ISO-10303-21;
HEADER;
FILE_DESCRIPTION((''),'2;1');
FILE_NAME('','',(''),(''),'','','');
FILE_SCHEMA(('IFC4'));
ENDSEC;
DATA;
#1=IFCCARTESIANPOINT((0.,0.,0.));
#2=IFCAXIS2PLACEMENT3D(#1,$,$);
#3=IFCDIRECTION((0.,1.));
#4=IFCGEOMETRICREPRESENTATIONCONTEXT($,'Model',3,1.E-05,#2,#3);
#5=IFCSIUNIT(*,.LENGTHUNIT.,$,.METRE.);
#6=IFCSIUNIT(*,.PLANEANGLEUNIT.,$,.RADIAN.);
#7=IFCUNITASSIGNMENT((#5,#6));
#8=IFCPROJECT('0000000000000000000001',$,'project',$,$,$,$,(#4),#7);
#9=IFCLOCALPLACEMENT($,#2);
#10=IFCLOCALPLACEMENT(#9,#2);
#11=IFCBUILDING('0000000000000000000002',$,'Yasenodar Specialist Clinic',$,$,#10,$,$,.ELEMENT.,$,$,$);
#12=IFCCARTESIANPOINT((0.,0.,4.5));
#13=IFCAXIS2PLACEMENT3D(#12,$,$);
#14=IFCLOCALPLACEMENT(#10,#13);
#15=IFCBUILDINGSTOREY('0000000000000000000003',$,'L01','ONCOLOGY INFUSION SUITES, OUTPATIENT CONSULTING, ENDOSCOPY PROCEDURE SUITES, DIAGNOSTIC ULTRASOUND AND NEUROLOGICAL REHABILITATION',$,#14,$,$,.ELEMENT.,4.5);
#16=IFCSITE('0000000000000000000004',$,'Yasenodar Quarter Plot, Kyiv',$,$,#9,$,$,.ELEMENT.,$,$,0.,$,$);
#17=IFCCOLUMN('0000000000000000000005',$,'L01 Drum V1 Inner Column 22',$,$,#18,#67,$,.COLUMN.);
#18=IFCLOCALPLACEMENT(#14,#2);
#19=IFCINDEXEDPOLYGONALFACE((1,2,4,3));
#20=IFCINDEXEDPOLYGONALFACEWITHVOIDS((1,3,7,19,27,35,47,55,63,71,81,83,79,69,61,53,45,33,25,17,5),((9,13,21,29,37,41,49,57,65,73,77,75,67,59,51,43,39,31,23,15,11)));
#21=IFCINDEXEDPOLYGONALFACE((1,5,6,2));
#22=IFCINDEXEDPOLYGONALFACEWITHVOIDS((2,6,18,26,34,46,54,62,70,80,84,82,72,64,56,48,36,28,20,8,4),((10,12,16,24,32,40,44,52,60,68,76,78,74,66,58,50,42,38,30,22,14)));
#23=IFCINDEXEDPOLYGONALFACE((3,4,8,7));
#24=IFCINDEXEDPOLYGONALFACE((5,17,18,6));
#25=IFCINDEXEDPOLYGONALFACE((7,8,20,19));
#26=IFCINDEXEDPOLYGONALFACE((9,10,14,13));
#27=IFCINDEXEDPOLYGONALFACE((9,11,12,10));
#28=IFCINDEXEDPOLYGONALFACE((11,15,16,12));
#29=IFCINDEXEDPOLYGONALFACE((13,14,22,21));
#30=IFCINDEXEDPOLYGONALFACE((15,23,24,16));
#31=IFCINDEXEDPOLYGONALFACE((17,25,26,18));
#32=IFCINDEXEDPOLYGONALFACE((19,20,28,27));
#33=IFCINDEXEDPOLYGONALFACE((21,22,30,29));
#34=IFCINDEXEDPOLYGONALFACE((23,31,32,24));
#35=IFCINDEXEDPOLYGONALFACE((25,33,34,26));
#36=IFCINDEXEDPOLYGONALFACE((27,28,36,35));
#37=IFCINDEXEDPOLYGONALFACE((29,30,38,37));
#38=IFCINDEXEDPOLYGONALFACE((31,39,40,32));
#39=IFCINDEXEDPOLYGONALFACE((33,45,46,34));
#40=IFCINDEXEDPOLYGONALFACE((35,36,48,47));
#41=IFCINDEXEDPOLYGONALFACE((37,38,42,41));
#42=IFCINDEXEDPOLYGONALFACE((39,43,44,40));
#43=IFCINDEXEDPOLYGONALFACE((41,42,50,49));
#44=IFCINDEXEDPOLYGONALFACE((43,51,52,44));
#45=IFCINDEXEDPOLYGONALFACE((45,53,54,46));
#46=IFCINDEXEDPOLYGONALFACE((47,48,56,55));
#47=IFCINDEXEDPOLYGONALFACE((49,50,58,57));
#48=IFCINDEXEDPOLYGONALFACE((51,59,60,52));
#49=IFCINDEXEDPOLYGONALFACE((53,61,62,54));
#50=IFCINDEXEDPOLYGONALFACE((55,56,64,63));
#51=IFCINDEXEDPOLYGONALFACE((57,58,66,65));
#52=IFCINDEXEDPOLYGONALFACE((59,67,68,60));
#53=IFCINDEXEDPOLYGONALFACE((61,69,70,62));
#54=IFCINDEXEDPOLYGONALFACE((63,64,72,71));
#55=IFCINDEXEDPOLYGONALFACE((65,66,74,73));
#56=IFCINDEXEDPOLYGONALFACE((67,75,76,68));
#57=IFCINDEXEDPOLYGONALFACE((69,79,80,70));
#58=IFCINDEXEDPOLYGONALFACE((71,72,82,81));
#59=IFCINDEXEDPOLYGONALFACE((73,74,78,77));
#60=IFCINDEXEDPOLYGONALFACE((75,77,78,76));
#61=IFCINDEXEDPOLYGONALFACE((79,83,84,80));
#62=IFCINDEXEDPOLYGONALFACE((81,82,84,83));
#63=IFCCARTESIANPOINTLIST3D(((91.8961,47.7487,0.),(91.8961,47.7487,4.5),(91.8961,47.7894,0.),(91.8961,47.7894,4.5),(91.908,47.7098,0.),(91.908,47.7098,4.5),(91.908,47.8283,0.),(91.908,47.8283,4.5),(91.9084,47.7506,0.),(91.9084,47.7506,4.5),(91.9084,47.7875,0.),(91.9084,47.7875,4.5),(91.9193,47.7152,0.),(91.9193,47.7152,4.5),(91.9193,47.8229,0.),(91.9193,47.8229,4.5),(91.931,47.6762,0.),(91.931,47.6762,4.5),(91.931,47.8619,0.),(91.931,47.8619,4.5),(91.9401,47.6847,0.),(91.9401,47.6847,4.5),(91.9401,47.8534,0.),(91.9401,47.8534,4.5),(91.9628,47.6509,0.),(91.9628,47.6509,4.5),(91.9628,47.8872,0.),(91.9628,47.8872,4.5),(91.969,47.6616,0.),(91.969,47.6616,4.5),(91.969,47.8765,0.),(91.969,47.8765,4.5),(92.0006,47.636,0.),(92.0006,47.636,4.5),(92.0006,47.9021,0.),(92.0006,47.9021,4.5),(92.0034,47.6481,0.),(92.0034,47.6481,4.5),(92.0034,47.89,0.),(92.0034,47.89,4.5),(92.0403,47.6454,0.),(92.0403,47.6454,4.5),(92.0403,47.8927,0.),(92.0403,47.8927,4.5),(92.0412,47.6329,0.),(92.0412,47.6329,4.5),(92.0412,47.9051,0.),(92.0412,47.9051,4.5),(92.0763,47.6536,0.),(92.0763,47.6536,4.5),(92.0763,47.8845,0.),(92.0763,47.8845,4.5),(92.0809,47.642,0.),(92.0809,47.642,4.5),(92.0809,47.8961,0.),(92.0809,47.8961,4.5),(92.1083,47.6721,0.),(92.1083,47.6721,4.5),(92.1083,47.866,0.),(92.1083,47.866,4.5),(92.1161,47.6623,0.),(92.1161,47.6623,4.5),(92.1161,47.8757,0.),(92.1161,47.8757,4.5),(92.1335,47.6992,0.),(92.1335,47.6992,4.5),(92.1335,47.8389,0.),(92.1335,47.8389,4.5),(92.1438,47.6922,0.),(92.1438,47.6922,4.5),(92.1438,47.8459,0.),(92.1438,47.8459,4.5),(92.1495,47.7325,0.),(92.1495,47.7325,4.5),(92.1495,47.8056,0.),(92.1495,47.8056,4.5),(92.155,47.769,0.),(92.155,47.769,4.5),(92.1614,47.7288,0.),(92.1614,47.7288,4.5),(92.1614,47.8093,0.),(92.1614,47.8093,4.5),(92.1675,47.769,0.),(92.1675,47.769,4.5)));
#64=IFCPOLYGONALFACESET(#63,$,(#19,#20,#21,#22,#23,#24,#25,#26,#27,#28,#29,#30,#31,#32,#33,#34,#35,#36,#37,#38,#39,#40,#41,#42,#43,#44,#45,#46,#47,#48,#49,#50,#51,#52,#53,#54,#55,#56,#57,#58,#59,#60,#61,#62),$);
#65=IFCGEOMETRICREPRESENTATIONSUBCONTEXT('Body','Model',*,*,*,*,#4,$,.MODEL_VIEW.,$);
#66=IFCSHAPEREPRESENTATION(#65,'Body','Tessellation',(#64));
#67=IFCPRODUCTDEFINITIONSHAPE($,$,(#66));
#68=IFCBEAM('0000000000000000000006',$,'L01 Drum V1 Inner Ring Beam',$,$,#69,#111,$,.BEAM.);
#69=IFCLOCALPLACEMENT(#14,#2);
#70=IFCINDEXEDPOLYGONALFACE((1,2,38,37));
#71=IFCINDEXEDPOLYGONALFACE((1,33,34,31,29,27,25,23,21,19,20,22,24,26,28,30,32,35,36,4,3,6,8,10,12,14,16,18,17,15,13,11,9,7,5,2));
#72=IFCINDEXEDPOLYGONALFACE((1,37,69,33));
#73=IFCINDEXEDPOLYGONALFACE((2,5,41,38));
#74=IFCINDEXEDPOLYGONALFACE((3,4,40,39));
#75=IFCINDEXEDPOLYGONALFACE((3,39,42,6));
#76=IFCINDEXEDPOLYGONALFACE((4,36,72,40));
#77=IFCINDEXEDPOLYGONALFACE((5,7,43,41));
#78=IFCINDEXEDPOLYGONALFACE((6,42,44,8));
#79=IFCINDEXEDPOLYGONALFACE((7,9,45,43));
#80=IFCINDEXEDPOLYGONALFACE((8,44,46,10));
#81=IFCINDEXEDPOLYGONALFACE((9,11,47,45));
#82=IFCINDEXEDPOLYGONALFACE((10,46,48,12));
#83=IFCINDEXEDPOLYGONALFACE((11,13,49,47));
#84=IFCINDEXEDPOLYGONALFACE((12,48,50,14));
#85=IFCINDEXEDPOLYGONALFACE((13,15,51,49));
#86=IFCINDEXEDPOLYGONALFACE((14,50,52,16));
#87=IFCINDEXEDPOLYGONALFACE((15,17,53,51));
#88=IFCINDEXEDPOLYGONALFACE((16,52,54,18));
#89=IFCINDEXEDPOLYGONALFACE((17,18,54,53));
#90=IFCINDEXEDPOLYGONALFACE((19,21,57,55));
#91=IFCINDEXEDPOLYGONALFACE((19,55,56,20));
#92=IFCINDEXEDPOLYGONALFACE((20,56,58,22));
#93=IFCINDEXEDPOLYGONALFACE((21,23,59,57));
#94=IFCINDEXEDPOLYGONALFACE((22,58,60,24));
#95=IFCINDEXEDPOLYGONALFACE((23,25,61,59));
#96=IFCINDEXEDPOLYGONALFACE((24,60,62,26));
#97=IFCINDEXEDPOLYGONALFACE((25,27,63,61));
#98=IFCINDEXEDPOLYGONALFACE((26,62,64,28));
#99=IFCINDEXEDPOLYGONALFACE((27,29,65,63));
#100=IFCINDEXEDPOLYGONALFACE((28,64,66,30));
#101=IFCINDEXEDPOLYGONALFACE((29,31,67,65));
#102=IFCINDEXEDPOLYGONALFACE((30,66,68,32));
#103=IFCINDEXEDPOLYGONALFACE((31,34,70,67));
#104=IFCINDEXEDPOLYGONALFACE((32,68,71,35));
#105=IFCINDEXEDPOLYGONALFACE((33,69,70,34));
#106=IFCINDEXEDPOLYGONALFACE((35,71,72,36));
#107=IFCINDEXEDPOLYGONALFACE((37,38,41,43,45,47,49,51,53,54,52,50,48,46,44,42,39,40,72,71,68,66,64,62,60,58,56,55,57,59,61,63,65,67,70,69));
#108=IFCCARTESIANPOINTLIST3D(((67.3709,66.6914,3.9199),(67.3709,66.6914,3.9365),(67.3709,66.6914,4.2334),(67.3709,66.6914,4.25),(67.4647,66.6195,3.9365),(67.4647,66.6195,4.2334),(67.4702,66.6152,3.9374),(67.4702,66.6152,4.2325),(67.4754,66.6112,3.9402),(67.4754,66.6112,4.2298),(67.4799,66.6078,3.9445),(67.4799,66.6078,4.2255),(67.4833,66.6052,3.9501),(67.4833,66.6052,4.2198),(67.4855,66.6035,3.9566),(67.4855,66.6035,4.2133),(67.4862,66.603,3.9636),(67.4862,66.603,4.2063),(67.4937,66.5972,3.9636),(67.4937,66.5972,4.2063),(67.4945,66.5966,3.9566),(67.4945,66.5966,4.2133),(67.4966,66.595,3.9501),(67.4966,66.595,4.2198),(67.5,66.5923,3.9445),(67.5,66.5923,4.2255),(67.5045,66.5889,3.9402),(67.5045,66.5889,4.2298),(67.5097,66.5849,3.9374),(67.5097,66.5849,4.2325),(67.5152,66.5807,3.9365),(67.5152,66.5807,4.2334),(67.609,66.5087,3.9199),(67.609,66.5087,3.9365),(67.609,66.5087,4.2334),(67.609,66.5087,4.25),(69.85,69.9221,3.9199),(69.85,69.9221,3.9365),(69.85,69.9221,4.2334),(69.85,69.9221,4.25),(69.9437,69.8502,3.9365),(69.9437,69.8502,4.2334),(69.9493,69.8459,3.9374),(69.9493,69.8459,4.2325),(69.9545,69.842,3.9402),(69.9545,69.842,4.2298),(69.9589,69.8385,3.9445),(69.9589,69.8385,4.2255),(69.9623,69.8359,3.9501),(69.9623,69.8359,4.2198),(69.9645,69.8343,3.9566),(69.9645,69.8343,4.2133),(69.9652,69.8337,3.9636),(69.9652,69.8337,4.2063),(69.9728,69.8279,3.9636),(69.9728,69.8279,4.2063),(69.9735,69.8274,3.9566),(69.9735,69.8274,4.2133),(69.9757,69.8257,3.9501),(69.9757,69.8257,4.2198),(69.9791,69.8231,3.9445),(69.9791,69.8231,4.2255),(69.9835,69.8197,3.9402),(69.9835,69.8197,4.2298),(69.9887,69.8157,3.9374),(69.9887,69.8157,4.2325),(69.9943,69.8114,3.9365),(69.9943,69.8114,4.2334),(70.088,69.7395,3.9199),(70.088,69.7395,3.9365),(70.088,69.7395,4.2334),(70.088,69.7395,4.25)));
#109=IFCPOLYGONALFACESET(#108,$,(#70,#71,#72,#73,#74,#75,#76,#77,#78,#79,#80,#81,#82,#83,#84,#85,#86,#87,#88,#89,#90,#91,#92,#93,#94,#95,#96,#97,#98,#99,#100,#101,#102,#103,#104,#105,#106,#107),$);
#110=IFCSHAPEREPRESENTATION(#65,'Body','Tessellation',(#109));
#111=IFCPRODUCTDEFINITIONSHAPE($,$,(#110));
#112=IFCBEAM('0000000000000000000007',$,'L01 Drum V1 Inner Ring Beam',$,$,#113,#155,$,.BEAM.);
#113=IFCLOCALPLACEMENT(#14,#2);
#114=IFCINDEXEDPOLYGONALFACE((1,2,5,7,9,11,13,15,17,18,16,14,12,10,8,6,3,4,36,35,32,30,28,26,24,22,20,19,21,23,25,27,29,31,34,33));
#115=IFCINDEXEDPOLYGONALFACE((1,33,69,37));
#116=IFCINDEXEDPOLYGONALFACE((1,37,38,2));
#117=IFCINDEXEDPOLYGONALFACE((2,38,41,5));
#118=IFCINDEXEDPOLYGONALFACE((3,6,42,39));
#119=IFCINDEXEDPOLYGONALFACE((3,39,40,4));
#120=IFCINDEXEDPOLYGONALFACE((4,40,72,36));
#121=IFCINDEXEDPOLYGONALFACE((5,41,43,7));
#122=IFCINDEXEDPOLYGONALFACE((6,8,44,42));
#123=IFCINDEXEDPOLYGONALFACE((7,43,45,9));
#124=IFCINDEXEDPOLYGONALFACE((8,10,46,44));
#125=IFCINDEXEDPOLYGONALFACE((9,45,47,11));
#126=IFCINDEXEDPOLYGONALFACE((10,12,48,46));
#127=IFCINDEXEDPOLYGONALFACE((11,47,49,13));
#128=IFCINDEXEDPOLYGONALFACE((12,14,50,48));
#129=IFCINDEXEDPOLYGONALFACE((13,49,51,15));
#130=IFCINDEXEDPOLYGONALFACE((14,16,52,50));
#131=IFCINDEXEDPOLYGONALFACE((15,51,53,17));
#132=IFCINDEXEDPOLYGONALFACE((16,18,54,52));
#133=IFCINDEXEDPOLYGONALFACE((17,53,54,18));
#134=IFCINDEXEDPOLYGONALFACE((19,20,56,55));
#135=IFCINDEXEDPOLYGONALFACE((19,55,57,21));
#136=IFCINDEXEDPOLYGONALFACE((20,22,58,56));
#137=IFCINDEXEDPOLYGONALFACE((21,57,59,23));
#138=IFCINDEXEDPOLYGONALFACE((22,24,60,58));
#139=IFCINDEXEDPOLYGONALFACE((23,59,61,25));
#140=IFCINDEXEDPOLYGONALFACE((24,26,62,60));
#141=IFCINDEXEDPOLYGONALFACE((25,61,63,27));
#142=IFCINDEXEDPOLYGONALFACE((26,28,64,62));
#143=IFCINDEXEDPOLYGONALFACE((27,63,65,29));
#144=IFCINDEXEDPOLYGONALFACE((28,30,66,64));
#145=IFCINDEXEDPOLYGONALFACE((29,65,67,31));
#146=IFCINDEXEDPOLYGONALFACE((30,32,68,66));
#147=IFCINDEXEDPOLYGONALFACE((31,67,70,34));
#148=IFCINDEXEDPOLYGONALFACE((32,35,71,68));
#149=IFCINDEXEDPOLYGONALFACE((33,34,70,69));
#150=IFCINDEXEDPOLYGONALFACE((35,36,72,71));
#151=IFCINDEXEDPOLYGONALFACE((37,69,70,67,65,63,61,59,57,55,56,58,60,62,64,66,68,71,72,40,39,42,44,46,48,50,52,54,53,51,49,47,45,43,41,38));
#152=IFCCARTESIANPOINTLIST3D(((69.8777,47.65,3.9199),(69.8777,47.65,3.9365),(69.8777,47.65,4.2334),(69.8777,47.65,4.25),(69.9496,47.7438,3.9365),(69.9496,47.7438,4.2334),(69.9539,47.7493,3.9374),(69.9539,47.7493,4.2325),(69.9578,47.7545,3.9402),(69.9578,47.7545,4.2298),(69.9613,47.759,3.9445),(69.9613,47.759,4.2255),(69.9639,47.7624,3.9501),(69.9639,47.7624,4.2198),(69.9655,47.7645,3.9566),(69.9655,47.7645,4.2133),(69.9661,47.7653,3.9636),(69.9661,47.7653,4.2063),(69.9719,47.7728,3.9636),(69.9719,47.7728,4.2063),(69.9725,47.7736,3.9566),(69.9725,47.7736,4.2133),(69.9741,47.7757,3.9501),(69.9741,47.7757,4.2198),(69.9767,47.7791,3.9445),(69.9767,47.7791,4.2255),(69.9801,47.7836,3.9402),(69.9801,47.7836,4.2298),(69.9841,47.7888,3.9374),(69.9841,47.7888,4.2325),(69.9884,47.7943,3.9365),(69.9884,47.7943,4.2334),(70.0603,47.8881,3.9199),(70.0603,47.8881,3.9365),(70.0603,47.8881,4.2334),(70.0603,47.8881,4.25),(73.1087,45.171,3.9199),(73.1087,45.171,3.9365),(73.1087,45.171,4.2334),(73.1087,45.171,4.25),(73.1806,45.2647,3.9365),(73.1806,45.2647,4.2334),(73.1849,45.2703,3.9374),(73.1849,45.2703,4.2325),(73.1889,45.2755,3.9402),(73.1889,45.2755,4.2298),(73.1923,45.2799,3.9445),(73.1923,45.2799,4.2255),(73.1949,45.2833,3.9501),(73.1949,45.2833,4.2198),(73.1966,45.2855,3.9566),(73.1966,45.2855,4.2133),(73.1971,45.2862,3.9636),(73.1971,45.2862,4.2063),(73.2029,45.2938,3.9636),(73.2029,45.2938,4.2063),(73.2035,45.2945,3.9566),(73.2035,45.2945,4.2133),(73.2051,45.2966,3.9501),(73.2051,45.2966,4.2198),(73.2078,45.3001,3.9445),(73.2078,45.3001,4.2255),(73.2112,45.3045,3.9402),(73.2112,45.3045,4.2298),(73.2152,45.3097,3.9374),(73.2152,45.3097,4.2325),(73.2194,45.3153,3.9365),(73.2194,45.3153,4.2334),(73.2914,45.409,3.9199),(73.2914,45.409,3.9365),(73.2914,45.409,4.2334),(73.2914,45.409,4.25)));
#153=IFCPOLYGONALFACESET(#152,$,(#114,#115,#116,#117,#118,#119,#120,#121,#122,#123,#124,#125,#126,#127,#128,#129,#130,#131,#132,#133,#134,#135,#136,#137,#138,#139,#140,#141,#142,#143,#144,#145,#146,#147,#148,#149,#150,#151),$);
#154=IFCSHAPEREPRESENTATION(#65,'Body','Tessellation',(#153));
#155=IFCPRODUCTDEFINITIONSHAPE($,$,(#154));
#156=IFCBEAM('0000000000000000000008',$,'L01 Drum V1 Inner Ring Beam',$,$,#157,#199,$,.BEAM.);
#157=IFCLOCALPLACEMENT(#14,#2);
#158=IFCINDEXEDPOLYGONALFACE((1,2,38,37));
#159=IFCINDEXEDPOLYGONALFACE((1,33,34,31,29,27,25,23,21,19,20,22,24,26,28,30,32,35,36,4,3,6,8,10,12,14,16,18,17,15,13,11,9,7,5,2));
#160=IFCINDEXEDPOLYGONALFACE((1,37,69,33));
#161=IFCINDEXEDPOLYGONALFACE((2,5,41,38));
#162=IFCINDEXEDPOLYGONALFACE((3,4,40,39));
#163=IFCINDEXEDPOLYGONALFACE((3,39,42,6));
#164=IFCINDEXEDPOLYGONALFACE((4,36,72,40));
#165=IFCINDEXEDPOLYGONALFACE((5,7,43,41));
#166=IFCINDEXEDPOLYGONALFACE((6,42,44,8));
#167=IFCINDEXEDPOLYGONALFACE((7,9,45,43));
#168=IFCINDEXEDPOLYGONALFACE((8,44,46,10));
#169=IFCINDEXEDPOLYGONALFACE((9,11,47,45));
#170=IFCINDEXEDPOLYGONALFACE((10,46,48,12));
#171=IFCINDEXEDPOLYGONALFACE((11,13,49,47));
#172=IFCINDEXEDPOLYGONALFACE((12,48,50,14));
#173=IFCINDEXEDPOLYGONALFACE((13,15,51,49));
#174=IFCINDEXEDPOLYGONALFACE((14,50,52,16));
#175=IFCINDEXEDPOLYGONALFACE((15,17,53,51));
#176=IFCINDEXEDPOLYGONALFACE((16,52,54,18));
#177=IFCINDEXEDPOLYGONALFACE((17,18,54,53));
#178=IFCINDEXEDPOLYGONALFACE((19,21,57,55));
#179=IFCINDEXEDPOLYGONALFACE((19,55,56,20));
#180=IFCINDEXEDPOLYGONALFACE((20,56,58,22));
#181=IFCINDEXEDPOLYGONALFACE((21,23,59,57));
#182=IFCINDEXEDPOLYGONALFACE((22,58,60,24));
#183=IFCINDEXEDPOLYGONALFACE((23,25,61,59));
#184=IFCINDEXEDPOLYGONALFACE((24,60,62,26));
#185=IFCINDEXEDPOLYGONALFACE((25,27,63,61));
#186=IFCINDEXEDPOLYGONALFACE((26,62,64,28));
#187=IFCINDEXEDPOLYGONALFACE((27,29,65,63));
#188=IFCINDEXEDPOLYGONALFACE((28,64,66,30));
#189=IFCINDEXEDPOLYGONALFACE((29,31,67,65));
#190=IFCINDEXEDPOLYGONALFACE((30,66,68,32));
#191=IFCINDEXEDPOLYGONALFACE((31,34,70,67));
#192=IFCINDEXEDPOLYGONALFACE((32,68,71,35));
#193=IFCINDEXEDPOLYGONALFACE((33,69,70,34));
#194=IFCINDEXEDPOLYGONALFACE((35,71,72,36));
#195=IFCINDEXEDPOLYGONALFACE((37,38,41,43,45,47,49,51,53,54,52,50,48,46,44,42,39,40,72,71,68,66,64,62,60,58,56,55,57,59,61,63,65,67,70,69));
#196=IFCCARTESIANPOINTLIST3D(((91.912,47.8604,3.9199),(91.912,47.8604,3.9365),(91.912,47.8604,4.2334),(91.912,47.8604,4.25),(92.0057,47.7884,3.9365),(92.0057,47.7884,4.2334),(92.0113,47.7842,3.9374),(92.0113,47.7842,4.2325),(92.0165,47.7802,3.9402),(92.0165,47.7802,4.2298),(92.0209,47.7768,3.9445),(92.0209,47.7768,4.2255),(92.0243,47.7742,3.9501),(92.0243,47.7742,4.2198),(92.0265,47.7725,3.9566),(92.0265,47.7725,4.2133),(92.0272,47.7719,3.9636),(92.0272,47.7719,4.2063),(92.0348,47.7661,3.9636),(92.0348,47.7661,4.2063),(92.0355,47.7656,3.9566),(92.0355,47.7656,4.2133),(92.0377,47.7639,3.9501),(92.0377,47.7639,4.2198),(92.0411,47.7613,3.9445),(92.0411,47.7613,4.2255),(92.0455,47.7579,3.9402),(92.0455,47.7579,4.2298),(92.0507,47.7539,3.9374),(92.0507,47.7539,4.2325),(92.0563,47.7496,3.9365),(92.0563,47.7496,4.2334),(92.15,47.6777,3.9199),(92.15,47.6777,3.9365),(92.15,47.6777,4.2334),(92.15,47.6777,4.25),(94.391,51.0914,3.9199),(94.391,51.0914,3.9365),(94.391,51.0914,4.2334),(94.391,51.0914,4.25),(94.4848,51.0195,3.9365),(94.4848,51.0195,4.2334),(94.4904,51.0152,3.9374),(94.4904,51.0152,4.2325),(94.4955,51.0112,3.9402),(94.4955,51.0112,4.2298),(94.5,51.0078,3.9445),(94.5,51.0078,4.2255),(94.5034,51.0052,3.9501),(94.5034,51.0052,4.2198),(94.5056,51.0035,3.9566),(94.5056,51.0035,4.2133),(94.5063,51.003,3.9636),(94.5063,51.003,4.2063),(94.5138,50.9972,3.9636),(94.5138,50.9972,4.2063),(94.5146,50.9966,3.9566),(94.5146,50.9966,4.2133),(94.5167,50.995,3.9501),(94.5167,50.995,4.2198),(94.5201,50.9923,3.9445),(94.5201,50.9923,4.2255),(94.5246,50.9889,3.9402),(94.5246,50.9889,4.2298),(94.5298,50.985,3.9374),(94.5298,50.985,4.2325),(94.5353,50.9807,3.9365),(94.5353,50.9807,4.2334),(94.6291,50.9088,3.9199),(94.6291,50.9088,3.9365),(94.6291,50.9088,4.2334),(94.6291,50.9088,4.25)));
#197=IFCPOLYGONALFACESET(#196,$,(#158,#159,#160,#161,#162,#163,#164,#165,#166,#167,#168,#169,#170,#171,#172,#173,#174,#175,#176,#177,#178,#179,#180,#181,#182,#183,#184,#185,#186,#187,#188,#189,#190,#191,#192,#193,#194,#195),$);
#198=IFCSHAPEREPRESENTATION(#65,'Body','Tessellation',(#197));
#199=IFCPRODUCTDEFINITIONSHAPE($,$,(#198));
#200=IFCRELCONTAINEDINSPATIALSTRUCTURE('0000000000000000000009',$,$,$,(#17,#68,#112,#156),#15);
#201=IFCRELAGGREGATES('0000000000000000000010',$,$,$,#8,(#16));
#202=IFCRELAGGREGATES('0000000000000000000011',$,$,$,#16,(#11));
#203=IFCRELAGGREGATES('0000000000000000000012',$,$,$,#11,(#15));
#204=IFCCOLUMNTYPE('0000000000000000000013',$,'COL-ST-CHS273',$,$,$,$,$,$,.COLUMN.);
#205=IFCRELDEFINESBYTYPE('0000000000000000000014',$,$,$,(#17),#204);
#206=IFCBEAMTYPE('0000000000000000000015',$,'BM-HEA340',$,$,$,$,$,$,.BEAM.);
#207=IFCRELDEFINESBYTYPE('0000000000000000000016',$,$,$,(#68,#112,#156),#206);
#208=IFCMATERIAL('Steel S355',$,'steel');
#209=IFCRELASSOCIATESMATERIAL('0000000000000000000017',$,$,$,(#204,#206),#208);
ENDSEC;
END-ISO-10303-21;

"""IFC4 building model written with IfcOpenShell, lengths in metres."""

from ifc_helpers import new_model, si_unit, direction, frame, origin, origin_2d, place, context, subcontext, project, spatial, hollow_circle, i_section, extrude, material, material_profile, profile_set, type_object, element, save


model = new_model("IFC4")

# Units and contexts
model_context = context("Model", 3, precision=1e-05, world=origin(), true_north=direction((0.0, 1.0)))
body_context = subcontext(model_context, "Body", "Model", "MODEL_VIEW")
ifc_project = project(units=[si_unit("LENGTHUNIT", "METRE"), si_unit("PLANEANGLEUNIT", "RADIAN")], contexts=[model_context])

# Site, building, storey
site_placement = place(None, origin())
site = spatial("IfcSite", under=ifc_project, at=site_placement, Name="Yasenodar Quarter Plot, Kyiv", CompositionType="ELEMENT", RefElevation=0.0)
building_placement = place(site_placement, origin())
building = spatial("IfcBuilding", under=site, at=building_placement, Name="Yasenodar Specialist Clinic", CompositionType="ELEMENT")
storey_placement = place(building_placement, frame((0.0, 0.0, 4.5)))
storey = spatial("IfcBuildingStorey", under=building, at=storey_placement, Name="L01", Description="ONCOLOGY INFUSION SUITES, OUTPATIENT CONSULTING, ENDOSCOPY PROCEDURE SUITES, DIAGNOSTIC ULTRASOUND AND NEUROLOGICAL REHABILITATION", CompositionType="ELEMENT", Elevation=4.5)

# Column
ifc_material_1 = material(Name="Steel S355", Category="steel")
ifc_material_profile_1 = material_profile(ifc_material_1, hollow_circle(Radius=0.1365, WallThickness=0.0125, at=origin_2d()), Name="CHS 273x12.5")
ifc_profile_set_1 = profile_set([ifc_material_profile_1], Name="Steel S355")
column_type = type_object("IfcColumnType", Name="COL-ST-CHS273", PredefinedType="COLUMN", material=ifc_profile_set_1)
for number, where, z_axis, x_axis, name in (
    (1, (92.031, 47.769, 0.0), (0.0, 0.0, 1.0), (1.0, 0.0, 0.0), "L01 Drum V1 Inner Column 22"),
):
    element("IfcColumn", number, at=place(storey_placement, frame(where, z_axis=z_axis, x_axis=x_axis)), inside=storey, type_object=column_type, Name=name, PredefinedType="COLUMN", context=body_context, shape_type="SweptSolid", body=[
        extrude(hollow_circle(Radius=0.1365, WallThickness=0.0125, at=origin_2d()), origin(), (0.0, 0.0, 1.0), 4.5),
    ])

# Beams
ifc_material_profile_2 = material_profile(ifc_material_1, i_section(OverallWidth=0.3, OverallDepth=0.3301, WebThickness=0.0095, FlangeThickness=0.0166, FilletRadius=0.0271, at=origin_2d()), Name="HEA 340")
ifc_profile_set_2 = profile_set([ifc_material_profile_2], Name="Steel S355")
beam_type_1 = type_object("IfcBeamType", Name="BM-HEA340", PredefinedType="BEAM", material=ifc_profile_set_2)
beam_placement = place(storey_placement, frame((69.969, 69.8308, 4.085), z_axis=(-0.60876, -0.793354, 0.0), x_axis=(0.793354, -0.60876, 0.0)))
element("IfcBeam", 2, at=beam_placement, inside=storey, type_object=beam_type_1, Name="L01 Drum V1 Inner Ring Beam", PredefinedType="BEAM", context=body_context, shape_type="SweptSolid", body=[
    extrude(i_section(OverallWidth=0.3, OverallDepth=0.3301, WebThickness=0.0095, FlangeThickness=0.0166, FilletRadius=0.0271, at=origin_2d()), origin(), (0.0, 0.0, 1.0), 4.0723),
])
for number, where, z_axis, x_axis, name in (
    (3, (69.969, 47.769, 4.085), (0.793377, -0.608731, 0.0), (0.608731, 0.793377, 0.0), "L01 Drum V1 Inner Ring Beam"),
    (4, (92.031, 47.769, 4.085), (0.608731, 0.793377, 0.0), (-0.793377, 0.608731, 0.0), "L01 Drum V1 Inner Ring Beam"),
):
    element("IfcBeam", number, at=place(storey_placement, frame(where, z_axis=z_axis, x_axis=x_axis)), inside=storey, type_object=beam_type_1, Name=name, PredefinedType="BEAM", context=body_context, shape_type="SweptSolid", body=[
        extrude(i_section(OverallWidth=0.3, OverallDepth=0.3301, WebThickness=0.0095, FlangeThickness=0.0166, FilletRadius=0.0271, at=origin_2d()), origin(), (0.0, 0.0, 1.0), 4.0725),
    ])

save(model, "model.ifc")
